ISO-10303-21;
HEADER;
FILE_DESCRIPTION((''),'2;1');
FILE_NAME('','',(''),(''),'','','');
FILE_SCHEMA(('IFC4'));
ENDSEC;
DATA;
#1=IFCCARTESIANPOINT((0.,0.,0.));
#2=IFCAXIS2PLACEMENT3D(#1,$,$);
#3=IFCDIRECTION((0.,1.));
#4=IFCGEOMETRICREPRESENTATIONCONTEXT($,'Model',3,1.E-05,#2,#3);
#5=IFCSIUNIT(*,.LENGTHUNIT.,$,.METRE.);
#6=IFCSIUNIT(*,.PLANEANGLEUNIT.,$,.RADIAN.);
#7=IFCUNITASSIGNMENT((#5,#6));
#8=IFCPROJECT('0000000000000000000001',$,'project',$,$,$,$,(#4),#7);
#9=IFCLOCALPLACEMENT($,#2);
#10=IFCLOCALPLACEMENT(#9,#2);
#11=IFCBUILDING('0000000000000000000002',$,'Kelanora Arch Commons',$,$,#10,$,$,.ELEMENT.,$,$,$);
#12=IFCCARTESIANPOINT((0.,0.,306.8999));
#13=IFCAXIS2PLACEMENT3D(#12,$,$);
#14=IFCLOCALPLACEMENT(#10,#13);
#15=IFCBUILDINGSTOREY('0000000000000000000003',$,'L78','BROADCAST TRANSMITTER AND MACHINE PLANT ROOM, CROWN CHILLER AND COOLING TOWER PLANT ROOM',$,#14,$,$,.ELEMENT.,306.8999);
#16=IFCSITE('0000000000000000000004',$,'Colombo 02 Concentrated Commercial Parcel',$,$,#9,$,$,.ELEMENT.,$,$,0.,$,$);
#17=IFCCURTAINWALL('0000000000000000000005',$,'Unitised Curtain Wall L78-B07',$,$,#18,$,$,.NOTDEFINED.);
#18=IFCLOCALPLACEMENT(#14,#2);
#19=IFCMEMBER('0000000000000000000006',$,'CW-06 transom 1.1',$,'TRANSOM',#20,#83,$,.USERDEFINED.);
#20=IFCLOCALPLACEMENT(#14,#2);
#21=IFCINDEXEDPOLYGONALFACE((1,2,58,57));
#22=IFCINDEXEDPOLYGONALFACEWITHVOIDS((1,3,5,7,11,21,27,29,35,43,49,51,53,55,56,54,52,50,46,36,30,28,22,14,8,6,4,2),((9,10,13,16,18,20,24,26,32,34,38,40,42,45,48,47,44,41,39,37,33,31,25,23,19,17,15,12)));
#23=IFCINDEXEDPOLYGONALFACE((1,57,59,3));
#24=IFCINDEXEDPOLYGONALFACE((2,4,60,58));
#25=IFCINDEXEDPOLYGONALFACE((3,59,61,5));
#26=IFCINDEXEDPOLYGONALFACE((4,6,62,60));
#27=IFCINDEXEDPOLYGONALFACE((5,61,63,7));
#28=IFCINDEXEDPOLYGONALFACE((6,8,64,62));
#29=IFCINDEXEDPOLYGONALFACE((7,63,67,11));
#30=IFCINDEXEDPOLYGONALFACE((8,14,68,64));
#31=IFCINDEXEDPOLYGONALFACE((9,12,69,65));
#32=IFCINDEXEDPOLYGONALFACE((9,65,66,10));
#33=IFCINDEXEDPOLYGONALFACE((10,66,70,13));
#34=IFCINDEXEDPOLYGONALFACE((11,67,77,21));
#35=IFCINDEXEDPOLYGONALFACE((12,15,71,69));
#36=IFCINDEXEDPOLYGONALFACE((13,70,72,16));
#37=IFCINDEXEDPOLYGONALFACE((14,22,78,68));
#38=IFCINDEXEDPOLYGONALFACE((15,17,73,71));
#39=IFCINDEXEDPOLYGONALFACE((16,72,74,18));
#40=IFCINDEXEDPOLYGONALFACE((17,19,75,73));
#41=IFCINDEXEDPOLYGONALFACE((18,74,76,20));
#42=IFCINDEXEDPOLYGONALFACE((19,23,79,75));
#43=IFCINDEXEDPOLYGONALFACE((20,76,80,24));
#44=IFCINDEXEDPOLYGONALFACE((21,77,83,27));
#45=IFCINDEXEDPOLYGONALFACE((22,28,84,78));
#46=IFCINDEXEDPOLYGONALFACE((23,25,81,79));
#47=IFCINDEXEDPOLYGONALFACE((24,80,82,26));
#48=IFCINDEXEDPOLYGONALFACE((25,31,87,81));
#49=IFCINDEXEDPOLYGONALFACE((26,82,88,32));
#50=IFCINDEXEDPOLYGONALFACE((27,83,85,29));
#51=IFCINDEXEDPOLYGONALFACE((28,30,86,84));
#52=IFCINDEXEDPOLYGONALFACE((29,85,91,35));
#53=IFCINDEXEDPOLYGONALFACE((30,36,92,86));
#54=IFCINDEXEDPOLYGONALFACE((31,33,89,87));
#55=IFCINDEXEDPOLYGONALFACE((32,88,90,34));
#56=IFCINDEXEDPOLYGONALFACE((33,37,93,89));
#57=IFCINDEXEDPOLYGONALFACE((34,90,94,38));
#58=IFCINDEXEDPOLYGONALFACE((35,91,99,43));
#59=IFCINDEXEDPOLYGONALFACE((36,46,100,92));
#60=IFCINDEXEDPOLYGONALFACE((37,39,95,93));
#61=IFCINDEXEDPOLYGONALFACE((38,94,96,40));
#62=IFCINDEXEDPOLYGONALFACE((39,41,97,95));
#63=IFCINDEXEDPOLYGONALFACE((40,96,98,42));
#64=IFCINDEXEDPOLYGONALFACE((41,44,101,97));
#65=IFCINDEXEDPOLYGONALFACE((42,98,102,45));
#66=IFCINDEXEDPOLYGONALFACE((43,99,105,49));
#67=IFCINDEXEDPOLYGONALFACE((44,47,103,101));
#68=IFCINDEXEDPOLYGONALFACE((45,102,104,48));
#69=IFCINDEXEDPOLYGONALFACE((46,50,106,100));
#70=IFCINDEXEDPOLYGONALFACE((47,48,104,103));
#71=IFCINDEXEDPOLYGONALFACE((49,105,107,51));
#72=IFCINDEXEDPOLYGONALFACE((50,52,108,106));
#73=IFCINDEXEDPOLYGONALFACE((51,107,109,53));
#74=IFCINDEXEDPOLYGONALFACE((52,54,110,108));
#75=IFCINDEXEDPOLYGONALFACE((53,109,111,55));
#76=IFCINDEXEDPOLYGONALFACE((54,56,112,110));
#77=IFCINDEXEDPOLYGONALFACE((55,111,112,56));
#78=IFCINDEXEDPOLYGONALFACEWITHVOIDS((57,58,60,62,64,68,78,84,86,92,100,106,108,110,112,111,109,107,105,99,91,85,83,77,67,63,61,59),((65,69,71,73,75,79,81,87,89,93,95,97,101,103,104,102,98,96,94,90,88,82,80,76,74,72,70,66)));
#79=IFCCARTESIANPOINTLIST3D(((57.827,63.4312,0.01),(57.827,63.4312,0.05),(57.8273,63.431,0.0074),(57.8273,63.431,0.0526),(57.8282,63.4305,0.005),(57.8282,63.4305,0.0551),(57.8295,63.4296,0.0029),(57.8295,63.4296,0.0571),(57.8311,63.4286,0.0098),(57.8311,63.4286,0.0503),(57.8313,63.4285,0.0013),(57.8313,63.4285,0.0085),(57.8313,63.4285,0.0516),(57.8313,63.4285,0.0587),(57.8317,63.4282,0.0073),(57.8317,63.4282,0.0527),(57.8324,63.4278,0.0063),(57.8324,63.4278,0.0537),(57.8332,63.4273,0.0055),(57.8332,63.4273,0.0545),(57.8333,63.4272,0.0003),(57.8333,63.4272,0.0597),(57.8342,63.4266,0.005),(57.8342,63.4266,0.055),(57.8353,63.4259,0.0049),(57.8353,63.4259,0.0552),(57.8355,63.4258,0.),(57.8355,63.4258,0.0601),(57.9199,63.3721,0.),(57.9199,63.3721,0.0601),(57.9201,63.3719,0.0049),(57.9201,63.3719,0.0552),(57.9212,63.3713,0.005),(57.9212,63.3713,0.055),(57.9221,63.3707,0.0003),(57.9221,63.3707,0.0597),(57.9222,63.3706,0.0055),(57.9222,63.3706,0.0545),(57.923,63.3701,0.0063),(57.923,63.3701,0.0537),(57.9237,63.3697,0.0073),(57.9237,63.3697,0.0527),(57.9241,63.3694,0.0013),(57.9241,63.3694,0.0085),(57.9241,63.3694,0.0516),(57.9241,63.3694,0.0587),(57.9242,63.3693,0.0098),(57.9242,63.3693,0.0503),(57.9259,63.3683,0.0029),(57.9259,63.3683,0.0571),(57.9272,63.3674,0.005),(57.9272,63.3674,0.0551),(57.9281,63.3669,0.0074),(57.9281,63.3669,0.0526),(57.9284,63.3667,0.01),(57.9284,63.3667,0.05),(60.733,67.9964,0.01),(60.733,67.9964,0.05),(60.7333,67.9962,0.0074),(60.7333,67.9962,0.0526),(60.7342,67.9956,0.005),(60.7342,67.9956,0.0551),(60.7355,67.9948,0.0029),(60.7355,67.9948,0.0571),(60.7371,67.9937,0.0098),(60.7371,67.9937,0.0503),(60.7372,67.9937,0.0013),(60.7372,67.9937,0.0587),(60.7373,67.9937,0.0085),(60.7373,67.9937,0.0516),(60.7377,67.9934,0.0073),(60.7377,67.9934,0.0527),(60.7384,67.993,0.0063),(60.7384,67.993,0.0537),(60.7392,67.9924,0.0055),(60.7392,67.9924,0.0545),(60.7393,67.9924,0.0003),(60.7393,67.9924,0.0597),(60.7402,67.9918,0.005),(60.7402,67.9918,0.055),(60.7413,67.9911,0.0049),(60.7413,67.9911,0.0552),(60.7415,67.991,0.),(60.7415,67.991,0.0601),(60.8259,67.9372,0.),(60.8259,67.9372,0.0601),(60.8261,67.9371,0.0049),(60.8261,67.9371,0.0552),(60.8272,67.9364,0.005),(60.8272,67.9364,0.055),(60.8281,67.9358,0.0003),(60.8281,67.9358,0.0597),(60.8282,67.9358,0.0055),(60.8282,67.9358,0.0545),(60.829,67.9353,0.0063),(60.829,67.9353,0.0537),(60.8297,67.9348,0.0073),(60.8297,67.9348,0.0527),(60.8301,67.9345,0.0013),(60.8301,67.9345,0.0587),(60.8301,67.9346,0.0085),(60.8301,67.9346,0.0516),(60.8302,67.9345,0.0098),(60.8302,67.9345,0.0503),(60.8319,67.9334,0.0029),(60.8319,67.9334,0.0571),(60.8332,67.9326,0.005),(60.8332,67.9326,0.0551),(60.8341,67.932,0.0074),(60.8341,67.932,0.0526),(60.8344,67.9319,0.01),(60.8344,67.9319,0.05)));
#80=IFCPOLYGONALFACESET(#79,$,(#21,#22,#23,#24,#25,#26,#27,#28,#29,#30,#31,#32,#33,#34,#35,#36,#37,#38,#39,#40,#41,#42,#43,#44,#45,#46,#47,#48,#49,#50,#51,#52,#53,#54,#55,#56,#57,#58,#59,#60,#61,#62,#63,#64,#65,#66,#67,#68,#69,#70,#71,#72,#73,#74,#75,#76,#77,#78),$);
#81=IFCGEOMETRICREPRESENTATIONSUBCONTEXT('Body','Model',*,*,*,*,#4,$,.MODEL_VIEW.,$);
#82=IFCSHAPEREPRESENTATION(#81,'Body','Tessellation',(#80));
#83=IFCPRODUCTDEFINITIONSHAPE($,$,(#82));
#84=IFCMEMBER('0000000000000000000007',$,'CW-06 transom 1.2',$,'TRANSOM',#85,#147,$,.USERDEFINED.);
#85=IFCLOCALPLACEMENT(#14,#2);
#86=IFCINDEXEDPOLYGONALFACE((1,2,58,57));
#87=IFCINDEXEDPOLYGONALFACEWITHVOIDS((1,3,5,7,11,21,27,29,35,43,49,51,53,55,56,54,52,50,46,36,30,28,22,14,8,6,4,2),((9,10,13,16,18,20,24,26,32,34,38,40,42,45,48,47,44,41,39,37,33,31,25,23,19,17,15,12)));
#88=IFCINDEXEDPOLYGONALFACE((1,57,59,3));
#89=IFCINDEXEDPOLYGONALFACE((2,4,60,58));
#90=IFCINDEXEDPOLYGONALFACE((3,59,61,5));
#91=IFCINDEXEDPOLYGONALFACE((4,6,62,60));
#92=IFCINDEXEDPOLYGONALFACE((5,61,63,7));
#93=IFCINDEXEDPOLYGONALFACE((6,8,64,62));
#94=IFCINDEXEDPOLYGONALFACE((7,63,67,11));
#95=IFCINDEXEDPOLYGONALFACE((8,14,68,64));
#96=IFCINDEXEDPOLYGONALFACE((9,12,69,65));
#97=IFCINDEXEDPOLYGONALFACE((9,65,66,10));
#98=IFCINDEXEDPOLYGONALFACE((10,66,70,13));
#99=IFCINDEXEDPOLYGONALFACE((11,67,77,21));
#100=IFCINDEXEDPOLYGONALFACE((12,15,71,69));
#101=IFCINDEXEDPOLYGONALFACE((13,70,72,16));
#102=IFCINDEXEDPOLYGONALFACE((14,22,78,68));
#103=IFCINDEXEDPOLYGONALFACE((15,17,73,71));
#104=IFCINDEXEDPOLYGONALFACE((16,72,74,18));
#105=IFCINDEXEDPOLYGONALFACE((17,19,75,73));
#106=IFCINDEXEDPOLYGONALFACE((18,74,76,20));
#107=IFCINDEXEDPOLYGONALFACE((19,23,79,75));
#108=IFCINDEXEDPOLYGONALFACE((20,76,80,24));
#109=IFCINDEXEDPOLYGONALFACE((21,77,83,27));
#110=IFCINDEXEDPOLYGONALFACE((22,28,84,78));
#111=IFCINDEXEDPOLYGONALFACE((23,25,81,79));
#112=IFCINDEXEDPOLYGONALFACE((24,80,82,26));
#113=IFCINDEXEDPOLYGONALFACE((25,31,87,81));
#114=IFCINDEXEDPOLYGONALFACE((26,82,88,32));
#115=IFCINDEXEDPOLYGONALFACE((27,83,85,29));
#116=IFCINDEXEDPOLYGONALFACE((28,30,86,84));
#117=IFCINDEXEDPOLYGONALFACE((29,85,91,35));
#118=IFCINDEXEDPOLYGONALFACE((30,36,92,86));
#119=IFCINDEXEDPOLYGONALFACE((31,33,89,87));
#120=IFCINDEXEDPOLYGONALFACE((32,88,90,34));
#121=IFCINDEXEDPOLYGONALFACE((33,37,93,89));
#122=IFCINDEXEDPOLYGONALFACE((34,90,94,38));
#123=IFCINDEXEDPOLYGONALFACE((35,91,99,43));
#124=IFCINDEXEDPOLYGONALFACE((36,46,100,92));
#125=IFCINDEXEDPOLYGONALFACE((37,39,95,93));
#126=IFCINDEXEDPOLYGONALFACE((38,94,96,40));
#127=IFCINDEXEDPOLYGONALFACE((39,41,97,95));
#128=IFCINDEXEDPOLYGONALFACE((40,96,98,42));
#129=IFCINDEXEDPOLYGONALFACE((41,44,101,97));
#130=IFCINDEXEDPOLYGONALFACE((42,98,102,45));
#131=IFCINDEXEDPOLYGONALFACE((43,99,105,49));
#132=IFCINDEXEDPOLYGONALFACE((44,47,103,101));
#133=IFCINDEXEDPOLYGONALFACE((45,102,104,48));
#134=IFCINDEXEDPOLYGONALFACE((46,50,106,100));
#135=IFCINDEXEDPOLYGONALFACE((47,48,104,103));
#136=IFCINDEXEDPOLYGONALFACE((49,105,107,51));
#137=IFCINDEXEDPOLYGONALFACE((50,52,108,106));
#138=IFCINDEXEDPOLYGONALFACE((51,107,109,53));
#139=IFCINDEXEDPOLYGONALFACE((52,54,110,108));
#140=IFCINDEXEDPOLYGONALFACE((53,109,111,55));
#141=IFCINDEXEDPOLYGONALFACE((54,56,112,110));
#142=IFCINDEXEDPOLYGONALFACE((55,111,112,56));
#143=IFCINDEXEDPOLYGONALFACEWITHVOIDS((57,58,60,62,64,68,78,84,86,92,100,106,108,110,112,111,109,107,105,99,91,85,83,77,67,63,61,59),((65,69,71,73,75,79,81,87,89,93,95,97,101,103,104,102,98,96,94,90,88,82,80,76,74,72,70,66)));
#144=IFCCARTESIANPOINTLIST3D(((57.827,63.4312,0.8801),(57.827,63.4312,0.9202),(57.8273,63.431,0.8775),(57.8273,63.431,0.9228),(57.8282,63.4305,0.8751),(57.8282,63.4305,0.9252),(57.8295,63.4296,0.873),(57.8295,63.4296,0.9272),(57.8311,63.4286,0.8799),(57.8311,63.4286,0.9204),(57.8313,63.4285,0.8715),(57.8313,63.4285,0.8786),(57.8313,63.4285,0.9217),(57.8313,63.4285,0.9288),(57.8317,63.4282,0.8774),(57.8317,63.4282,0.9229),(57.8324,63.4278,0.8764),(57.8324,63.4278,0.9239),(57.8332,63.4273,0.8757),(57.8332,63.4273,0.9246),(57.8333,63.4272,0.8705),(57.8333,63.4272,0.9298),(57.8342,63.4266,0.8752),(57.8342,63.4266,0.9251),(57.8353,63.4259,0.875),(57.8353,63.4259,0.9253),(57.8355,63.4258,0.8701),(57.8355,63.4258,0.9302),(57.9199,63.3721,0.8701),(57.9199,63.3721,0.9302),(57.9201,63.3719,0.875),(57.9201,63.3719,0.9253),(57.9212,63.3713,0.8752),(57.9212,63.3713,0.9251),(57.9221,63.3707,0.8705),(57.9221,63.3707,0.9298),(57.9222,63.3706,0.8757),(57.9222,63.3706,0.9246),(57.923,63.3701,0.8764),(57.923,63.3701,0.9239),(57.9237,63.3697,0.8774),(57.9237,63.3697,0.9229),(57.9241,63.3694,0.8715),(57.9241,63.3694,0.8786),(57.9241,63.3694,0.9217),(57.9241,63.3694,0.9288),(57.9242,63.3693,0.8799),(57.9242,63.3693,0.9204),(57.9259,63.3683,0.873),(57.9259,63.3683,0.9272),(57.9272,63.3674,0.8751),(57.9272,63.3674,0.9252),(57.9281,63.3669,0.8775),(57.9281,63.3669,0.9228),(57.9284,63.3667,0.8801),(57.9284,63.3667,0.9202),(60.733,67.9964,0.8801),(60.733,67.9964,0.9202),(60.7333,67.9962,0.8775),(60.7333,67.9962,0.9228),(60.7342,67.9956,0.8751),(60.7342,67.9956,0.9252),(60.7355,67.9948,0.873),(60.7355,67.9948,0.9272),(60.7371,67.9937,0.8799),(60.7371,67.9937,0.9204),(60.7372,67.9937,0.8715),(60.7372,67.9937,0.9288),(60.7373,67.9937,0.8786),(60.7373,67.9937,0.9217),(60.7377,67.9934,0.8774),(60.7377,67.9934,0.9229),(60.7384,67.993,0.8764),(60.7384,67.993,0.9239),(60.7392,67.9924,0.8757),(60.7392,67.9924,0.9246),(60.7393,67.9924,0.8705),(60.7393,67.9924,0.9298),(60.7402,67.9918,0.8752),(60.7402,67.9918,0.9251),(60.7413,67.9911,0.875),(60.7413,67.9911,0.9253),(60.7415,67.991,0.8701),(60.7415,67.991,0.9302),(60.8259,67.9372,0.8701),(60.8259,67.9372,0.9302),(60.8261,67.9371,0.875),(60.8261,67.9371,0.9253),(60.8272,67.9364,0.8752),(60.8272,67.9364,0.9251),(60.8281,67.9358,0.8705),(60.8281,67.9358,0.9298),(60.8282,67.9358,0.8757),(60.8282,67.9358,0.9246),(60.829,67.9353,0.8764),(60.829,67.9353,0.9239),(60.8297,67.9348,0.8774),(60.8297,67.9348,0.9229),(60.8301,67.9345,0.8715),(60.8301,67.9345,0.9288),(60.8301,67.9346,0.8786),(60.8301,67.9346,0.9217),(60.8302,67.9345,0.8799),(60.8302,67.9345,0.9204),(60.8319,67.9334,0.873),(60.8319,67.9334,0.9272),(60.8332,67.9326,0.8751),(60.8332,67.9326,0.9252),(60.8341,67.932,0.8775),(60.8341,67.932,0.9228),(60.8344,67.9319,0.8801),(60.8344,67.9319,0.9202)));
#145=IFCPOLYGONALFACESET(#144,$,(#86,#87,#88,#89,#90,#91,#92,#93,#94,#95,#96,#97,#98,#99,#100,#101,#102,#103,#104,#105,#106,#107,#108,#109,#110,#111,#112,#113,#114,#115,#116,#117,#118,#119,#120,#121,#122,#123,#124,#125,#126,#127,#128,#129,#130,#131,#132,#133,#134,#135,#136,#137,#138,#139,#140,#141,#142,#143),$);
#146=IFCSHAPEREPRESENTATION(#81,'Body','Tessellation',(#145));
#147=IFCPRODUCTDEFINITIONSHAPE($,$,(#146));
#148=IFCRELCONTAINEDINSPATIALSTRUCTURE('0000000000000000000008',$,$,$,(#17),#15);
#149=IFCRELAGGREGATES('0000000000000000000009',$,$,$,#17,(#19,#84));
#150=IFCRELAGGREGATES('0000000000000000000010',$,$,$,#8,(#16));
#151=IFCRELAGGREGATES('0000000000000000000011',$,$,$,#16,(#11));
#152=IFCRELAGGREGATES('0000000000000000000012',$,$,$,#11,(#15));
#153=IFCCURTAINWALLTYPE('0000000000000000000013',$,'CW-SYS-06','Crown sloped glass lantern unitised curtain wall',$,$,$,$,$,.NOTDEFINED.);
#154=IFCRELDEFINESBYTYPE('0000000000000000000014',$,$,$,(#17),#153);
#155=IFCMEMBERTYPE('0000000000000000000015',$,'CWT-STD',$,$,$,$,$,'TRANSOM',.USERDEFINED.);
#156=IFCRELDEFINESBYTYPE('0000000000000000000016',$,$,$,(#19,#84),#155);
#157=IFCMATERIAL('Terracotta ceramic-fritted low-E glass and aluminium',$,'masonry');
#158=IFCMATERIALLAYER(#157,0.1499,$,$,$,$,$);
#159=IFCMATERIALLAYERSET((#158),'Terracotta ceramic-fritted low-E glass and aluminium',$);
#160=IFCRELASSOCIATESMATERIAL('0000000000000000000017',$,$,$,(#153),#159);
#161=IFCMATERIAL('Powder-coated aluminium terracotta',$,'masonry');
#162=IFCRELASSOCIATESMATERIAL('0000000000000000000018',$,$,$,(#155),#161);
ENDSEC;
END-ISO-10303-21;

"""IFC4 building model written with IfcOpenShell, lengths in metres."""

from ifc_helpers import new_model, si_unit, direction, frame, origin, origin_2d, place, context, subcontext, project, spatial, hollow_rectangle, extrude, material, layer, layer_set, material_profile, profile_set, type_object, element, aggregate, save


model = new_model("IFC4")

# Units and contexts
model_context = context("Model", 3, precision=1e-05, world=origin(), true_north=direction((0.0, 1.0)))
body_context = subcontext(model_context, "Body", "Model", "MODEL_VIEW")
ifc_project = project(units=[si_unit("LENGTHUNIT", "METRE"), si_unit("PLANEANGLEUNIT", "RADIAN")], contexts=[model_context])

# Site, building, storey
site_placement = place(None, origin())
site = spatial("IfcSite", under=ifc_project, at=site_placement, Name="Colombo 02 Concentrated Commercial Parcel", CompositionType="ELEMENT", RefElevation=0.0)
building_placement = place(site_placement, origin())
building = spatial("IfcBuilding", under=site, at=building_placement, Name="Kelanora Arch Commons", CompositionType="ELEMENT")
storey_placement = place(building_placement, frame((0.0, 0.0, 306.8999)))
storey = spatial("IfcBuildingStorey", under=building, at=storey_placement, Name="L78", Description="BROADCAST TRANSMITTER AND MACHINE PLANT ROOM, CROWN CHILLER AND COOLING TOWER PLANT ROOM", CompositionType="ELEMENT", Elevation=306.8999)

# Shared definitions
ifc_material_1 = material(Name="Terracotta ceramic-fritted low-E glass and aluminium", Category="masonry")
ifc_layer_1 = layer(ifc_material_1, 0.1499)
ifc_layer_set_1 = layer_set([ifc_layer_1], Name="Terracotta ceramic-fritted low-E glass and aluminium")
curtain_wall_type = type_object("IfcCurtainWallType", Name="CW-SYS-06", Description="Crown sloped glass lantern unitised curtain wall", PredefinedType="NOTDEFINED", material=ifc_layer_set_1)
ifc_material_2 = material(Name="Powder-coated aluminium terracotta", Category="masonry")

# Curtain wall
curtain_wall_1_placement = place(storey_placement, origin())
curtain_wall_1 = element("IfcCurtainWall", 1, at=curtain_wall_1_placement, inside=storey, type_object=curtain_wall_type, Name="Unitised Curtain Wall L78-B07", PredefinedType="NOTDEFINED")

# Members
ifc_material_profile_1 = material_profile(ifc_material_2, hollow_rectangle(XDim=0.1201, YDim=0.0601, WallThickness=0.0049, InnerFilletRadius=0.0049, OuterFilletRadius=0.01, at=origin_2d()), Name="CWT120x60")
ifc_profile_set_1 = profile_set([ifc_material_profile_1], Name="Powder-coated aluminium terracotta")
member_type_1 = type_object("IfcMemberType", Name="CWT-STD", ElementType="TRANSOM", PredefinedType="USERDEFINED", material=ifc_profile_set_1)
member_1_placement = place(storey_placement, frame((60.7837, 67.9641, 0.03), z_axis=(-0.536992, -0.843587, 0.0), x_axis=(0.843587, -0.536992, 0.0)))
member_1 = element("IfcMember", 2, at=member_1_placement, type_object=member_type_1, Name="CW-06 transom 1.1", ObjectType="TRANSOM", PredefinedType="USERDEFINED", context=body_context, shape_type="SweptSolid", body=[
    extrude(hollow_rectangle(XDim=0.1201, YDim=0.0601, WallThickness=0.0049, InnerFilletRadius=0.0049, OuterFilletRadius=0.01, at=origin_2d()), origin(), (0.0, 0.0, 1.0), 5.4116),
])
member_2_placement = place(storey_placement, frame((60.7837, 67.9641, 0.9001), z_axis=(-0.536992, -0.843587, 0.0), x_axis=(0.843587, -0.536992, 0.0)))
member_2 = element("IfcMember", 3, at=member_2_placement, type_object=member_type_1, Name="CW-06 transom 1.2", ObjectType="TRANSOM", PredefinedType="USERDEFINED", context=body_context, shape_type="SweptSolid", body=[
    extrude(hollow_rectangle(XDim=0.1201, YDim=0.0601, WallThickness=0.0049, InnerFilletRadius=0.0049, OuterFilletRadius=0.01, at=origin_2d()), origin(), (0.0, 0.0, 1.0), 5.4116),
])

aggregate(curtain_wall_1, [member_1, member_2])

save(model, "model.ifc")
